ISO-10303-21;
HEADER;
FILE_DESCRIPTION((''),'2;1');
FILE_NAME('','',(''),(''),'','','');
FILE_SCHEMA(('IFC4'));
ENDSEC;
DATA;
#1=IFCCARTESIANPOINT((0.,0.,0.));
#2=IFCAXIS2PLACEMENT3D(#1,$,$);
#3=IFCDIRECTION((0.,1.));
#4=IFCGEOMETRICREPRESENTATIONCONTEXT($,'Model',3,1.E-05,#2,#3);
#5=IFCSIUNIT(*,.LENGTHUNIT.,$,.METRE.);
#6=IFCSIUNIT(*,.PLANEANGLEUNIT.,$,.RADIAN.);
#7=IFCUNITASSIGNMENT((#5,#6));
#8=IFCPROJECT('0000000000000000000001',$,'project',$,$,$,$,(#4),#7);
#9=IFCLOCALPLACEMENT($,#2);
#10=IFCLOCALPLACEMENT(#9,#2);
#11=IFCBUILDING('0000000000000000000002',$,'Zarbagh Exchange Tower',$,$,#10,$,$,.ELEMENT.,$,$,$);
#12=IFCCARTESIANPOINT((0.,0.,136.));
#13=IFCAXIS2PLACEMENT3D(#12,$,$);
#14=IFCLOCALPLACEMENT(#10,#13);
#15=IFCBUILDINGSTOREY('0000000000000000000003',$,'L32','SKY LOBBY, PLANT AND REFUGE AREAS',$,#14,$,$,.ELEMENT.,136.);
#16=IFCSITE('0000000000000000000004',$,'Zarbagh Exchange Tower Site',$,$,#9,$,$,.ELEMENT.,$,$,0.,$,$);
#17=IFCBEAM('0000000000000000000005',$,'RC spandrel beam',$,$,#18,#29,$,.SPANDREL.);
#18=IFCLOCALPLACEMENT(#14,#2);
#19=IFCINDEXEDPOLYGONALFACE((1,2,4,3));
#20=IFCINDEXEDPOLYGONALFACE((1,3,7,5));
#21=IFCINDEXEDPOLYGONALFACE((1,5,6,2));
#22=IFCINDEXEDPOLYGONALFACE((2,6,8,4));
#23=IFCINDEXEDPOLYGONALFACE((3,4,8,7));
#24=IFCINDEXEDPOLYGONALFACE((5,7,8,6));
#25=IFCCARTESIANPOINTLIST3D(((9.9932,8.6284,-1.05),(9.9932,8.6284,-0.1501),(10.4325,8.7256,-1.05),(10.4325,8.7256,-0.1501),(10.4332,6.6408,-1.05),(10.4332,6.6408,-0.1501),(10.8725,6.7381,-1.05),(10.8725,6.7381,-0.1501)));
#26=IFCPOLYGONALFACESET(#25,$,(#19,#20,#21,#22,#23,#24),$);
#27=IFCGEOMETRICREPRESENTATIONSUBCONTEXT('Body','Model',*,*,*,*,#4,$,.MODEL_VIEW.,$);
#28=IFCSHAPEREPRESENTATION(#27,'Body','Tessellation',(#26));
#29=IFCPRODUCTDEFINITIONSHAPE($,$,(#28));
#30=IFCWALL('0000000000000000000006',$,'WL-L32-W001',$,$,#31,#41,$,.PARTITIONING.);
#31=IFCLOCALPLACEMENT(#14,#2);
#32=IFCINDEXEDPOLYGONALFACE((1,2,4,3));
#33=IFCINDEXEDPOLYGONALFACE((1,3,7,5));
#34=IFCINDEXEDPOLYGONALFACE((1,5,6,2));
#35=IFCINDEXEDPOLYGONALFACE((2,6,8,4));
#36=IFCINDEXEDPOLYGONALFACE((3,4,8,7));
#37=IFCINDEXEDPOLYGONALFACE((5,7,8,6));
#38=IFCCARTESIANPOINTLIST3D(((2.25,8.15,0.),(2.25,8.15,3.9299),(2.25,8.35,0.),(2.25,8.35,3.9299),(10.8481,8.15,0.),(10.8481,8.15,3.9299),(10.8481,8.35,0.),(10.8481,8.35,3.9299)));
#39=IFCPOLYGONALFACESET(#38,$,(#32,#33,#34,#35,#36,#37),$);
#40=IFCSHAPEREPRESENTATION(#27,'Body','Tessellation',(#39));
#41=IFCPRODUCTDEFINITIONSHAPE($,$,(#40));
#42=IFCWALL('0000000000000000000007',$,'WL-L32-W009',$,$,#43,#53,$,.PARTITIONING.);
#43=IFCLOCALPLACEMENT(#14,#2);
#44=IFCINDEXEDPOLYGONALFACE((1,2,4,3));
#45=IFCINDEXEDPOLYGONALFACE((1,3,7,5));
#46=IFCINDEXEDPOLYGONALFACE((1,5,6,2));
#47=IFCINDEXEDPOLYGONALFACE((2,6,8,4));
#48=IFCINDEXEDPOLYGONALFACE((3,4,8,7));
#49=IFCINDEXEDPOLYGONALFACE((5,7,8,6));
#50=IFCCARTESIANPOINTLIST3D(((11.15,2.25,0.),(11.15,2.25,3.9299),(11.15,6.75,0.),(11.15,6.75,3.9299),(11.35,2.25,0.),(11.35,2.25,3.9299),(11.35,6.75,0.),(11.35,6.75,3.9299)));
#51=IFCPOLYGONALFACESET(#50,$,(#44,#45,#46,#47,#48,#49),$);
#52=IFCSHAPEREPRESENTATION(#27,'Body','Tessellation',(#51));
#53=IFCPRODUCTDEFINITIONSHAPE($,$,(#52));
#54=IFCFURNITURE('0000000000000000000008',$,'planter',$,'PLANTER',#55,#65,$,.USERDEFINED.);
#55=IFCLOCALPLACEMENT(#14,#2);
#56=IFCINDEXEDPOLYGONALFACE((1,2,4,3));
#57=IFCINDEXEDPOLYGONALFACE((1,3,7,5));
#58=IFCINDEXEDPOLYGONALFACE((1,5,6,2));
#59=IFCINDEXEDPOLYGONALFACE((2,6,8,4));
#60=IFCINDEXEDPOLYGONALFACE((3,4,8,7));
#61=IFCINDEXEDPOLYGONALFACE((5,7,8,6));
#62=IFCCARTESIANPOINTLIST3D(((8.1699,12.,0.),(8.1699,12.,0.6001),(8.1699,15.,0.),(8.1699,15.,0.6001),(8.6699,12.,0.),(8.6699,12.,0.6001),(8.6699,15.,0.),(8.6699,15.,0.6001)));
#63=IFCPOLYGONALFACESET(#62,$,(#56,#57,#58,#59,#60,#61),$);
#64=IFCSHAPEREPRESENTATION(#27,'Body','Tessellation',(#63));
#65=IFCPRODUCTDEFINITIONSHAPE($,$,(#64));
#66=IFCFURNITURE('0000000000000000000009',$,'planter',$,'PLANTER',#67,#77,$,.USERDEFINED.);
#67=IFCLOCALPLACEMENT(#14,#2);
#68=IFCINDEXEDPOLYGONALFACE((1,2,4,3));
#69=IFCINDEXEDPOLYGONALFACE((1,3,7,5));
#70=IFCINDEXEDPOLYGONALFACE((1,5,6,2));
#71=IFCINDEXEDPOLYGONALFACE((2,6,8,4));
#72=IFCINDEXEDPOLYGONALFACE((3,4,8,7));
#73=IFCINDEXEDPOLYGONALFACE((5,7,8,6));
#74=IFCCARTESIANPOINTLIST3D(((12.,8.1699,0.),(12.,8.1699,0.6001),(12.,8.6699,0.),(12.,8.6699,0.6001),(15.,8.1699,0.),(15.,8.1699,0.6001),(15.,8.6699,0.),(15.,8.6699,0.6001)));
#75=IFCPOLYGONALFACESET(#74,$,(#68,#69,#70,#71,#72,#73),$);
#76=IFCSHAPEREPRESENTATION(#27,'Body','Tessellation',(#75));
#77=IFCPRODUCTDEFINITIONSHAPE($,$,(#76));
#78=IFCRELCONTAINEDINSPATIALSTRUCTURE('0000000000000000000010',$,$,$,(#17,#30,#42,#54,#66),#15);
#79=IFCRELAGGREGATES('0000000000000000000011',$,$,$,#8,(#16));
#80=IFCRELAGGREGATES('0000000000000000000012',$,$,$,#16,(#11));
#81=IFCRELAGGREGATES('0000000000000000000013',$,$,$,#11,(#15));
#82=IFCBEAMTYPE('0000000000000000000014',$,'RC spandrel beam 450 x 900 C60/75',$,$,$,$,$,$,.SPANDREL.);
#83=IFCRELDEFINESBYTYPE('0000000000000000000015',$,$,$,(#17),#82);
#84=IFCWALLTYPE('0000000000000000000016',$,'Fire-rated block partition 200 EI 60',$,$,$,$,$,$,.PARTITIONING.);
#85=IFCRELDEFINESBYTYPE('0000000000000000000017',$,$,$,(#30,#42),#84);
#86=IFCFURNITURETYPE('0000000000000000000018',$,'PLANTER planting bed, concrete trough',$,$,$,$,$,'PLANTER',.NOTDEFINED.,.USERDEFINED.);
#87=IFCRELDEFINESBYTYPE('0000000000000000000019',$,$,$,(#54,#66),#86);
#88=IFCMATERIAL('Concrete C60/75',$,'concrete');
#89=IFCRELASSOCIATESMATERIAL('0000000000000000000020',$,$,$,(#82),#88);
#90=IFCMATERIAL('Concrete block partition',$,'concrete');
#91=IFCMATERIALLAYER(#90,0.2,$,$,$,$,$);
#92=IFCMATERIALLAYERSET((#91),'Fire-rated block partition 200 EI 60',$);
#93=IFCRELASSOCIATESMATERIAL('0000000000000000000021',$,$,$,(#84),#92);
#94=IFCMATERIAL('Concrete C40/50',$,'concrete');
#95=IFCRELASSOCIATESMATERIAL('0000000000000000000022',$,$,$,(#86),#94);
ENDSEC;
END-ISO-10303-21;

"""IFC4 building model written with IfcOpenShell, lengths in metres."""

from ifc_helpers import new_model, si_unit, direction, frame, frame_2d, origin, origin_2d, place, context, subcontext, project, spatial, rectangle, extrude, material, layer, layer_set, material_profile, profile_set, type_object, element, save


model = new_model("IFC4")

# Units and contexts
model_context = context("Model", 3, precision=1e-05, world=origin(), true_north=direction((0.0, 1.0)))
body_context = subcontext(model_context, "Body", "Model", "MODEL_VIEW")
ifc_project = project(units=[si_unit("LENGTHUNIT", "METRE"), si_unit("PLANEANGLEUNIT", "RADIAN")], contexts=[model_context])

# Site, building, storey
site_placement = place(None, origin())
site = spatial("IfcSite", under=ifc_project, at=site_placement, Name="Zarbagh Exchange Tower Site", CompositionType="ELEMENT", RefElevation=0.0)
building_placement = place(site_placement, origin())
building = spatial("IfcBuilding", under=site, at=building_placement, Name="Zarbagh Exchange Tower", CompositionType="ELEMENT")
storey_placement = place(building_placement, frame((0.0, 0.0, 136.0)))
storey = spatial("IfcBuildingStorey", under=building, at=storey_placement, Name="L32", Description="SKY LOBBY, PLANT AND REFUGE AREAS", CompositionType="ELEMENT", Elevation=136.0)

# Shared definitions
ifc_material_1 = material(Name="Concrete C60/75", Category="concrete")

# Beam
ifc_material_2 = material(Name="Concrete C40/50", Category="concrete")
ifc_material_profile_1 = material_profile(ifc_material_1, rectangle(XDim=0.45, YDim=0.8999, at=origin_2d()), Name="RC spandrel beam 450 x 900 C60/75")
ifc_profile_set_1 = profile_set([ifc_material_profile_1], Name="Concrete C60/75")
beam_type_1 = type_object("IfcBeamType", Name="RC spandrel beam 450 x 900 C60/75", PredefinedType="SPANDREL", material=ifc_profile_set_1)
beam_1_placement = place(storey_placement, frame((10.2129, 8.677, -0.6001), z_axis=(0.216118, -0.976367, 0.0), x_axis=(0.976367, 0.216118, 0.0)))
element("IfcBeam", 1, at=beam_1_placement, inside=storey, type_object=beam_type_1, Name="RC spandrel beam", PredefinedType="SPANDREL", context=body_context, shape_type="SweptSolid", body=[
    extrude(rectangle(XDim=0.45, YDim=0.8999, at=origin_2d()), origin(), (0.0, 0.0, 1.0), 2.0356),
])

# Walls
ifc_material_3 = material(Name="Concrete block partition", Category="concrete")
ifc_layer_1 = layer(ifc_material_3, 0.2)
ifc_layer_set_1 = layer_set([ifc_layer_1], Name="Fire-rated block partition 200 EI 60")
wall_type_1 = type_object("IfcWallType", Name="Fire-rated block partition 200 EI 60", PredefinedType="PARTITIONING", material=ifc_layer_set_1)
wall_1_placement = place(storey_placement, frame((10.8481, 8.25, 0.0), z_axis=(0.0, 0.0, 1.0), x_axis=(-1.0, 0.0, 0.0)))
element("IfcWall", 2, at=wall_1_placement, inside=storey, type_object=wall_type_1, Name="WL-L32-W001", PredefinedType="PARTITIONING", context=body_context, shape_type="SweptSolid", body=[
    extrude(rectangle(XDim=8.5981, YDim=0.2, at=frame_2d((4.2991, 0.0))), origin(), (0.0, 0.0, 1.0), 3.9299),
])
wall_2_placement = place(storey_placement, frame((11.25, 6.75, 0.0), z_axis=(0.0, 0.0, 1.0), x_axis=(0.0, -1.0, 0.0)))
element("IfcWall", 3, at=wall_2_placement, inside=storey, type_object=wall_type_1, Name="WL-L32-W009", PredefinedType="PARTITIONING", context=body_context, shape_type="SweptSolid", body=[
    extrude(rectangle(XDim=4.5, YDim=0.2, at=frame_2d((2.25, 0.0))), origin(), (0.0, 0.0, 1.0), 3.9299),
])

# Furniture
furniture_type = type_object("IfcFurnitureType", Name="PLANTER planting bed, concrete trough", ElementType="PLANTER", AssemblyPlace="NOTDEFINED", PredefinedType="USERDEFINED", material=ifc_material_2)
for number, where, z_axis, x_axis, name in (
    (4, (8.4199, 13.5, 0.0), (0.0, 0.0, 1.0), (0.0, -1.0, 0.0), "planter"),
    (5, (13.5, 8.4199, 0.0), (0.0, 0.0, 1.0), (1.0, 0.0, 0.0), "planter"),
):
    element("IfcFurniture", number, at=place(storey_placement, frame(where, z_axis=z_axis, x_axis=x_axis)), inside=storey, type_object=furniture_type, Name=name, ObjectType="PLANTER", PredefinedType="USERDEFINED", context=body_context, shape_type="SweptSolid", body=[
        extrude(rectangle(XDim=3.0, YDim=0.5, at=origin_2d()), origin(), (0.0, 0.0, 1.0), 0.6001),
    ])

save(model, "model.ifc")
